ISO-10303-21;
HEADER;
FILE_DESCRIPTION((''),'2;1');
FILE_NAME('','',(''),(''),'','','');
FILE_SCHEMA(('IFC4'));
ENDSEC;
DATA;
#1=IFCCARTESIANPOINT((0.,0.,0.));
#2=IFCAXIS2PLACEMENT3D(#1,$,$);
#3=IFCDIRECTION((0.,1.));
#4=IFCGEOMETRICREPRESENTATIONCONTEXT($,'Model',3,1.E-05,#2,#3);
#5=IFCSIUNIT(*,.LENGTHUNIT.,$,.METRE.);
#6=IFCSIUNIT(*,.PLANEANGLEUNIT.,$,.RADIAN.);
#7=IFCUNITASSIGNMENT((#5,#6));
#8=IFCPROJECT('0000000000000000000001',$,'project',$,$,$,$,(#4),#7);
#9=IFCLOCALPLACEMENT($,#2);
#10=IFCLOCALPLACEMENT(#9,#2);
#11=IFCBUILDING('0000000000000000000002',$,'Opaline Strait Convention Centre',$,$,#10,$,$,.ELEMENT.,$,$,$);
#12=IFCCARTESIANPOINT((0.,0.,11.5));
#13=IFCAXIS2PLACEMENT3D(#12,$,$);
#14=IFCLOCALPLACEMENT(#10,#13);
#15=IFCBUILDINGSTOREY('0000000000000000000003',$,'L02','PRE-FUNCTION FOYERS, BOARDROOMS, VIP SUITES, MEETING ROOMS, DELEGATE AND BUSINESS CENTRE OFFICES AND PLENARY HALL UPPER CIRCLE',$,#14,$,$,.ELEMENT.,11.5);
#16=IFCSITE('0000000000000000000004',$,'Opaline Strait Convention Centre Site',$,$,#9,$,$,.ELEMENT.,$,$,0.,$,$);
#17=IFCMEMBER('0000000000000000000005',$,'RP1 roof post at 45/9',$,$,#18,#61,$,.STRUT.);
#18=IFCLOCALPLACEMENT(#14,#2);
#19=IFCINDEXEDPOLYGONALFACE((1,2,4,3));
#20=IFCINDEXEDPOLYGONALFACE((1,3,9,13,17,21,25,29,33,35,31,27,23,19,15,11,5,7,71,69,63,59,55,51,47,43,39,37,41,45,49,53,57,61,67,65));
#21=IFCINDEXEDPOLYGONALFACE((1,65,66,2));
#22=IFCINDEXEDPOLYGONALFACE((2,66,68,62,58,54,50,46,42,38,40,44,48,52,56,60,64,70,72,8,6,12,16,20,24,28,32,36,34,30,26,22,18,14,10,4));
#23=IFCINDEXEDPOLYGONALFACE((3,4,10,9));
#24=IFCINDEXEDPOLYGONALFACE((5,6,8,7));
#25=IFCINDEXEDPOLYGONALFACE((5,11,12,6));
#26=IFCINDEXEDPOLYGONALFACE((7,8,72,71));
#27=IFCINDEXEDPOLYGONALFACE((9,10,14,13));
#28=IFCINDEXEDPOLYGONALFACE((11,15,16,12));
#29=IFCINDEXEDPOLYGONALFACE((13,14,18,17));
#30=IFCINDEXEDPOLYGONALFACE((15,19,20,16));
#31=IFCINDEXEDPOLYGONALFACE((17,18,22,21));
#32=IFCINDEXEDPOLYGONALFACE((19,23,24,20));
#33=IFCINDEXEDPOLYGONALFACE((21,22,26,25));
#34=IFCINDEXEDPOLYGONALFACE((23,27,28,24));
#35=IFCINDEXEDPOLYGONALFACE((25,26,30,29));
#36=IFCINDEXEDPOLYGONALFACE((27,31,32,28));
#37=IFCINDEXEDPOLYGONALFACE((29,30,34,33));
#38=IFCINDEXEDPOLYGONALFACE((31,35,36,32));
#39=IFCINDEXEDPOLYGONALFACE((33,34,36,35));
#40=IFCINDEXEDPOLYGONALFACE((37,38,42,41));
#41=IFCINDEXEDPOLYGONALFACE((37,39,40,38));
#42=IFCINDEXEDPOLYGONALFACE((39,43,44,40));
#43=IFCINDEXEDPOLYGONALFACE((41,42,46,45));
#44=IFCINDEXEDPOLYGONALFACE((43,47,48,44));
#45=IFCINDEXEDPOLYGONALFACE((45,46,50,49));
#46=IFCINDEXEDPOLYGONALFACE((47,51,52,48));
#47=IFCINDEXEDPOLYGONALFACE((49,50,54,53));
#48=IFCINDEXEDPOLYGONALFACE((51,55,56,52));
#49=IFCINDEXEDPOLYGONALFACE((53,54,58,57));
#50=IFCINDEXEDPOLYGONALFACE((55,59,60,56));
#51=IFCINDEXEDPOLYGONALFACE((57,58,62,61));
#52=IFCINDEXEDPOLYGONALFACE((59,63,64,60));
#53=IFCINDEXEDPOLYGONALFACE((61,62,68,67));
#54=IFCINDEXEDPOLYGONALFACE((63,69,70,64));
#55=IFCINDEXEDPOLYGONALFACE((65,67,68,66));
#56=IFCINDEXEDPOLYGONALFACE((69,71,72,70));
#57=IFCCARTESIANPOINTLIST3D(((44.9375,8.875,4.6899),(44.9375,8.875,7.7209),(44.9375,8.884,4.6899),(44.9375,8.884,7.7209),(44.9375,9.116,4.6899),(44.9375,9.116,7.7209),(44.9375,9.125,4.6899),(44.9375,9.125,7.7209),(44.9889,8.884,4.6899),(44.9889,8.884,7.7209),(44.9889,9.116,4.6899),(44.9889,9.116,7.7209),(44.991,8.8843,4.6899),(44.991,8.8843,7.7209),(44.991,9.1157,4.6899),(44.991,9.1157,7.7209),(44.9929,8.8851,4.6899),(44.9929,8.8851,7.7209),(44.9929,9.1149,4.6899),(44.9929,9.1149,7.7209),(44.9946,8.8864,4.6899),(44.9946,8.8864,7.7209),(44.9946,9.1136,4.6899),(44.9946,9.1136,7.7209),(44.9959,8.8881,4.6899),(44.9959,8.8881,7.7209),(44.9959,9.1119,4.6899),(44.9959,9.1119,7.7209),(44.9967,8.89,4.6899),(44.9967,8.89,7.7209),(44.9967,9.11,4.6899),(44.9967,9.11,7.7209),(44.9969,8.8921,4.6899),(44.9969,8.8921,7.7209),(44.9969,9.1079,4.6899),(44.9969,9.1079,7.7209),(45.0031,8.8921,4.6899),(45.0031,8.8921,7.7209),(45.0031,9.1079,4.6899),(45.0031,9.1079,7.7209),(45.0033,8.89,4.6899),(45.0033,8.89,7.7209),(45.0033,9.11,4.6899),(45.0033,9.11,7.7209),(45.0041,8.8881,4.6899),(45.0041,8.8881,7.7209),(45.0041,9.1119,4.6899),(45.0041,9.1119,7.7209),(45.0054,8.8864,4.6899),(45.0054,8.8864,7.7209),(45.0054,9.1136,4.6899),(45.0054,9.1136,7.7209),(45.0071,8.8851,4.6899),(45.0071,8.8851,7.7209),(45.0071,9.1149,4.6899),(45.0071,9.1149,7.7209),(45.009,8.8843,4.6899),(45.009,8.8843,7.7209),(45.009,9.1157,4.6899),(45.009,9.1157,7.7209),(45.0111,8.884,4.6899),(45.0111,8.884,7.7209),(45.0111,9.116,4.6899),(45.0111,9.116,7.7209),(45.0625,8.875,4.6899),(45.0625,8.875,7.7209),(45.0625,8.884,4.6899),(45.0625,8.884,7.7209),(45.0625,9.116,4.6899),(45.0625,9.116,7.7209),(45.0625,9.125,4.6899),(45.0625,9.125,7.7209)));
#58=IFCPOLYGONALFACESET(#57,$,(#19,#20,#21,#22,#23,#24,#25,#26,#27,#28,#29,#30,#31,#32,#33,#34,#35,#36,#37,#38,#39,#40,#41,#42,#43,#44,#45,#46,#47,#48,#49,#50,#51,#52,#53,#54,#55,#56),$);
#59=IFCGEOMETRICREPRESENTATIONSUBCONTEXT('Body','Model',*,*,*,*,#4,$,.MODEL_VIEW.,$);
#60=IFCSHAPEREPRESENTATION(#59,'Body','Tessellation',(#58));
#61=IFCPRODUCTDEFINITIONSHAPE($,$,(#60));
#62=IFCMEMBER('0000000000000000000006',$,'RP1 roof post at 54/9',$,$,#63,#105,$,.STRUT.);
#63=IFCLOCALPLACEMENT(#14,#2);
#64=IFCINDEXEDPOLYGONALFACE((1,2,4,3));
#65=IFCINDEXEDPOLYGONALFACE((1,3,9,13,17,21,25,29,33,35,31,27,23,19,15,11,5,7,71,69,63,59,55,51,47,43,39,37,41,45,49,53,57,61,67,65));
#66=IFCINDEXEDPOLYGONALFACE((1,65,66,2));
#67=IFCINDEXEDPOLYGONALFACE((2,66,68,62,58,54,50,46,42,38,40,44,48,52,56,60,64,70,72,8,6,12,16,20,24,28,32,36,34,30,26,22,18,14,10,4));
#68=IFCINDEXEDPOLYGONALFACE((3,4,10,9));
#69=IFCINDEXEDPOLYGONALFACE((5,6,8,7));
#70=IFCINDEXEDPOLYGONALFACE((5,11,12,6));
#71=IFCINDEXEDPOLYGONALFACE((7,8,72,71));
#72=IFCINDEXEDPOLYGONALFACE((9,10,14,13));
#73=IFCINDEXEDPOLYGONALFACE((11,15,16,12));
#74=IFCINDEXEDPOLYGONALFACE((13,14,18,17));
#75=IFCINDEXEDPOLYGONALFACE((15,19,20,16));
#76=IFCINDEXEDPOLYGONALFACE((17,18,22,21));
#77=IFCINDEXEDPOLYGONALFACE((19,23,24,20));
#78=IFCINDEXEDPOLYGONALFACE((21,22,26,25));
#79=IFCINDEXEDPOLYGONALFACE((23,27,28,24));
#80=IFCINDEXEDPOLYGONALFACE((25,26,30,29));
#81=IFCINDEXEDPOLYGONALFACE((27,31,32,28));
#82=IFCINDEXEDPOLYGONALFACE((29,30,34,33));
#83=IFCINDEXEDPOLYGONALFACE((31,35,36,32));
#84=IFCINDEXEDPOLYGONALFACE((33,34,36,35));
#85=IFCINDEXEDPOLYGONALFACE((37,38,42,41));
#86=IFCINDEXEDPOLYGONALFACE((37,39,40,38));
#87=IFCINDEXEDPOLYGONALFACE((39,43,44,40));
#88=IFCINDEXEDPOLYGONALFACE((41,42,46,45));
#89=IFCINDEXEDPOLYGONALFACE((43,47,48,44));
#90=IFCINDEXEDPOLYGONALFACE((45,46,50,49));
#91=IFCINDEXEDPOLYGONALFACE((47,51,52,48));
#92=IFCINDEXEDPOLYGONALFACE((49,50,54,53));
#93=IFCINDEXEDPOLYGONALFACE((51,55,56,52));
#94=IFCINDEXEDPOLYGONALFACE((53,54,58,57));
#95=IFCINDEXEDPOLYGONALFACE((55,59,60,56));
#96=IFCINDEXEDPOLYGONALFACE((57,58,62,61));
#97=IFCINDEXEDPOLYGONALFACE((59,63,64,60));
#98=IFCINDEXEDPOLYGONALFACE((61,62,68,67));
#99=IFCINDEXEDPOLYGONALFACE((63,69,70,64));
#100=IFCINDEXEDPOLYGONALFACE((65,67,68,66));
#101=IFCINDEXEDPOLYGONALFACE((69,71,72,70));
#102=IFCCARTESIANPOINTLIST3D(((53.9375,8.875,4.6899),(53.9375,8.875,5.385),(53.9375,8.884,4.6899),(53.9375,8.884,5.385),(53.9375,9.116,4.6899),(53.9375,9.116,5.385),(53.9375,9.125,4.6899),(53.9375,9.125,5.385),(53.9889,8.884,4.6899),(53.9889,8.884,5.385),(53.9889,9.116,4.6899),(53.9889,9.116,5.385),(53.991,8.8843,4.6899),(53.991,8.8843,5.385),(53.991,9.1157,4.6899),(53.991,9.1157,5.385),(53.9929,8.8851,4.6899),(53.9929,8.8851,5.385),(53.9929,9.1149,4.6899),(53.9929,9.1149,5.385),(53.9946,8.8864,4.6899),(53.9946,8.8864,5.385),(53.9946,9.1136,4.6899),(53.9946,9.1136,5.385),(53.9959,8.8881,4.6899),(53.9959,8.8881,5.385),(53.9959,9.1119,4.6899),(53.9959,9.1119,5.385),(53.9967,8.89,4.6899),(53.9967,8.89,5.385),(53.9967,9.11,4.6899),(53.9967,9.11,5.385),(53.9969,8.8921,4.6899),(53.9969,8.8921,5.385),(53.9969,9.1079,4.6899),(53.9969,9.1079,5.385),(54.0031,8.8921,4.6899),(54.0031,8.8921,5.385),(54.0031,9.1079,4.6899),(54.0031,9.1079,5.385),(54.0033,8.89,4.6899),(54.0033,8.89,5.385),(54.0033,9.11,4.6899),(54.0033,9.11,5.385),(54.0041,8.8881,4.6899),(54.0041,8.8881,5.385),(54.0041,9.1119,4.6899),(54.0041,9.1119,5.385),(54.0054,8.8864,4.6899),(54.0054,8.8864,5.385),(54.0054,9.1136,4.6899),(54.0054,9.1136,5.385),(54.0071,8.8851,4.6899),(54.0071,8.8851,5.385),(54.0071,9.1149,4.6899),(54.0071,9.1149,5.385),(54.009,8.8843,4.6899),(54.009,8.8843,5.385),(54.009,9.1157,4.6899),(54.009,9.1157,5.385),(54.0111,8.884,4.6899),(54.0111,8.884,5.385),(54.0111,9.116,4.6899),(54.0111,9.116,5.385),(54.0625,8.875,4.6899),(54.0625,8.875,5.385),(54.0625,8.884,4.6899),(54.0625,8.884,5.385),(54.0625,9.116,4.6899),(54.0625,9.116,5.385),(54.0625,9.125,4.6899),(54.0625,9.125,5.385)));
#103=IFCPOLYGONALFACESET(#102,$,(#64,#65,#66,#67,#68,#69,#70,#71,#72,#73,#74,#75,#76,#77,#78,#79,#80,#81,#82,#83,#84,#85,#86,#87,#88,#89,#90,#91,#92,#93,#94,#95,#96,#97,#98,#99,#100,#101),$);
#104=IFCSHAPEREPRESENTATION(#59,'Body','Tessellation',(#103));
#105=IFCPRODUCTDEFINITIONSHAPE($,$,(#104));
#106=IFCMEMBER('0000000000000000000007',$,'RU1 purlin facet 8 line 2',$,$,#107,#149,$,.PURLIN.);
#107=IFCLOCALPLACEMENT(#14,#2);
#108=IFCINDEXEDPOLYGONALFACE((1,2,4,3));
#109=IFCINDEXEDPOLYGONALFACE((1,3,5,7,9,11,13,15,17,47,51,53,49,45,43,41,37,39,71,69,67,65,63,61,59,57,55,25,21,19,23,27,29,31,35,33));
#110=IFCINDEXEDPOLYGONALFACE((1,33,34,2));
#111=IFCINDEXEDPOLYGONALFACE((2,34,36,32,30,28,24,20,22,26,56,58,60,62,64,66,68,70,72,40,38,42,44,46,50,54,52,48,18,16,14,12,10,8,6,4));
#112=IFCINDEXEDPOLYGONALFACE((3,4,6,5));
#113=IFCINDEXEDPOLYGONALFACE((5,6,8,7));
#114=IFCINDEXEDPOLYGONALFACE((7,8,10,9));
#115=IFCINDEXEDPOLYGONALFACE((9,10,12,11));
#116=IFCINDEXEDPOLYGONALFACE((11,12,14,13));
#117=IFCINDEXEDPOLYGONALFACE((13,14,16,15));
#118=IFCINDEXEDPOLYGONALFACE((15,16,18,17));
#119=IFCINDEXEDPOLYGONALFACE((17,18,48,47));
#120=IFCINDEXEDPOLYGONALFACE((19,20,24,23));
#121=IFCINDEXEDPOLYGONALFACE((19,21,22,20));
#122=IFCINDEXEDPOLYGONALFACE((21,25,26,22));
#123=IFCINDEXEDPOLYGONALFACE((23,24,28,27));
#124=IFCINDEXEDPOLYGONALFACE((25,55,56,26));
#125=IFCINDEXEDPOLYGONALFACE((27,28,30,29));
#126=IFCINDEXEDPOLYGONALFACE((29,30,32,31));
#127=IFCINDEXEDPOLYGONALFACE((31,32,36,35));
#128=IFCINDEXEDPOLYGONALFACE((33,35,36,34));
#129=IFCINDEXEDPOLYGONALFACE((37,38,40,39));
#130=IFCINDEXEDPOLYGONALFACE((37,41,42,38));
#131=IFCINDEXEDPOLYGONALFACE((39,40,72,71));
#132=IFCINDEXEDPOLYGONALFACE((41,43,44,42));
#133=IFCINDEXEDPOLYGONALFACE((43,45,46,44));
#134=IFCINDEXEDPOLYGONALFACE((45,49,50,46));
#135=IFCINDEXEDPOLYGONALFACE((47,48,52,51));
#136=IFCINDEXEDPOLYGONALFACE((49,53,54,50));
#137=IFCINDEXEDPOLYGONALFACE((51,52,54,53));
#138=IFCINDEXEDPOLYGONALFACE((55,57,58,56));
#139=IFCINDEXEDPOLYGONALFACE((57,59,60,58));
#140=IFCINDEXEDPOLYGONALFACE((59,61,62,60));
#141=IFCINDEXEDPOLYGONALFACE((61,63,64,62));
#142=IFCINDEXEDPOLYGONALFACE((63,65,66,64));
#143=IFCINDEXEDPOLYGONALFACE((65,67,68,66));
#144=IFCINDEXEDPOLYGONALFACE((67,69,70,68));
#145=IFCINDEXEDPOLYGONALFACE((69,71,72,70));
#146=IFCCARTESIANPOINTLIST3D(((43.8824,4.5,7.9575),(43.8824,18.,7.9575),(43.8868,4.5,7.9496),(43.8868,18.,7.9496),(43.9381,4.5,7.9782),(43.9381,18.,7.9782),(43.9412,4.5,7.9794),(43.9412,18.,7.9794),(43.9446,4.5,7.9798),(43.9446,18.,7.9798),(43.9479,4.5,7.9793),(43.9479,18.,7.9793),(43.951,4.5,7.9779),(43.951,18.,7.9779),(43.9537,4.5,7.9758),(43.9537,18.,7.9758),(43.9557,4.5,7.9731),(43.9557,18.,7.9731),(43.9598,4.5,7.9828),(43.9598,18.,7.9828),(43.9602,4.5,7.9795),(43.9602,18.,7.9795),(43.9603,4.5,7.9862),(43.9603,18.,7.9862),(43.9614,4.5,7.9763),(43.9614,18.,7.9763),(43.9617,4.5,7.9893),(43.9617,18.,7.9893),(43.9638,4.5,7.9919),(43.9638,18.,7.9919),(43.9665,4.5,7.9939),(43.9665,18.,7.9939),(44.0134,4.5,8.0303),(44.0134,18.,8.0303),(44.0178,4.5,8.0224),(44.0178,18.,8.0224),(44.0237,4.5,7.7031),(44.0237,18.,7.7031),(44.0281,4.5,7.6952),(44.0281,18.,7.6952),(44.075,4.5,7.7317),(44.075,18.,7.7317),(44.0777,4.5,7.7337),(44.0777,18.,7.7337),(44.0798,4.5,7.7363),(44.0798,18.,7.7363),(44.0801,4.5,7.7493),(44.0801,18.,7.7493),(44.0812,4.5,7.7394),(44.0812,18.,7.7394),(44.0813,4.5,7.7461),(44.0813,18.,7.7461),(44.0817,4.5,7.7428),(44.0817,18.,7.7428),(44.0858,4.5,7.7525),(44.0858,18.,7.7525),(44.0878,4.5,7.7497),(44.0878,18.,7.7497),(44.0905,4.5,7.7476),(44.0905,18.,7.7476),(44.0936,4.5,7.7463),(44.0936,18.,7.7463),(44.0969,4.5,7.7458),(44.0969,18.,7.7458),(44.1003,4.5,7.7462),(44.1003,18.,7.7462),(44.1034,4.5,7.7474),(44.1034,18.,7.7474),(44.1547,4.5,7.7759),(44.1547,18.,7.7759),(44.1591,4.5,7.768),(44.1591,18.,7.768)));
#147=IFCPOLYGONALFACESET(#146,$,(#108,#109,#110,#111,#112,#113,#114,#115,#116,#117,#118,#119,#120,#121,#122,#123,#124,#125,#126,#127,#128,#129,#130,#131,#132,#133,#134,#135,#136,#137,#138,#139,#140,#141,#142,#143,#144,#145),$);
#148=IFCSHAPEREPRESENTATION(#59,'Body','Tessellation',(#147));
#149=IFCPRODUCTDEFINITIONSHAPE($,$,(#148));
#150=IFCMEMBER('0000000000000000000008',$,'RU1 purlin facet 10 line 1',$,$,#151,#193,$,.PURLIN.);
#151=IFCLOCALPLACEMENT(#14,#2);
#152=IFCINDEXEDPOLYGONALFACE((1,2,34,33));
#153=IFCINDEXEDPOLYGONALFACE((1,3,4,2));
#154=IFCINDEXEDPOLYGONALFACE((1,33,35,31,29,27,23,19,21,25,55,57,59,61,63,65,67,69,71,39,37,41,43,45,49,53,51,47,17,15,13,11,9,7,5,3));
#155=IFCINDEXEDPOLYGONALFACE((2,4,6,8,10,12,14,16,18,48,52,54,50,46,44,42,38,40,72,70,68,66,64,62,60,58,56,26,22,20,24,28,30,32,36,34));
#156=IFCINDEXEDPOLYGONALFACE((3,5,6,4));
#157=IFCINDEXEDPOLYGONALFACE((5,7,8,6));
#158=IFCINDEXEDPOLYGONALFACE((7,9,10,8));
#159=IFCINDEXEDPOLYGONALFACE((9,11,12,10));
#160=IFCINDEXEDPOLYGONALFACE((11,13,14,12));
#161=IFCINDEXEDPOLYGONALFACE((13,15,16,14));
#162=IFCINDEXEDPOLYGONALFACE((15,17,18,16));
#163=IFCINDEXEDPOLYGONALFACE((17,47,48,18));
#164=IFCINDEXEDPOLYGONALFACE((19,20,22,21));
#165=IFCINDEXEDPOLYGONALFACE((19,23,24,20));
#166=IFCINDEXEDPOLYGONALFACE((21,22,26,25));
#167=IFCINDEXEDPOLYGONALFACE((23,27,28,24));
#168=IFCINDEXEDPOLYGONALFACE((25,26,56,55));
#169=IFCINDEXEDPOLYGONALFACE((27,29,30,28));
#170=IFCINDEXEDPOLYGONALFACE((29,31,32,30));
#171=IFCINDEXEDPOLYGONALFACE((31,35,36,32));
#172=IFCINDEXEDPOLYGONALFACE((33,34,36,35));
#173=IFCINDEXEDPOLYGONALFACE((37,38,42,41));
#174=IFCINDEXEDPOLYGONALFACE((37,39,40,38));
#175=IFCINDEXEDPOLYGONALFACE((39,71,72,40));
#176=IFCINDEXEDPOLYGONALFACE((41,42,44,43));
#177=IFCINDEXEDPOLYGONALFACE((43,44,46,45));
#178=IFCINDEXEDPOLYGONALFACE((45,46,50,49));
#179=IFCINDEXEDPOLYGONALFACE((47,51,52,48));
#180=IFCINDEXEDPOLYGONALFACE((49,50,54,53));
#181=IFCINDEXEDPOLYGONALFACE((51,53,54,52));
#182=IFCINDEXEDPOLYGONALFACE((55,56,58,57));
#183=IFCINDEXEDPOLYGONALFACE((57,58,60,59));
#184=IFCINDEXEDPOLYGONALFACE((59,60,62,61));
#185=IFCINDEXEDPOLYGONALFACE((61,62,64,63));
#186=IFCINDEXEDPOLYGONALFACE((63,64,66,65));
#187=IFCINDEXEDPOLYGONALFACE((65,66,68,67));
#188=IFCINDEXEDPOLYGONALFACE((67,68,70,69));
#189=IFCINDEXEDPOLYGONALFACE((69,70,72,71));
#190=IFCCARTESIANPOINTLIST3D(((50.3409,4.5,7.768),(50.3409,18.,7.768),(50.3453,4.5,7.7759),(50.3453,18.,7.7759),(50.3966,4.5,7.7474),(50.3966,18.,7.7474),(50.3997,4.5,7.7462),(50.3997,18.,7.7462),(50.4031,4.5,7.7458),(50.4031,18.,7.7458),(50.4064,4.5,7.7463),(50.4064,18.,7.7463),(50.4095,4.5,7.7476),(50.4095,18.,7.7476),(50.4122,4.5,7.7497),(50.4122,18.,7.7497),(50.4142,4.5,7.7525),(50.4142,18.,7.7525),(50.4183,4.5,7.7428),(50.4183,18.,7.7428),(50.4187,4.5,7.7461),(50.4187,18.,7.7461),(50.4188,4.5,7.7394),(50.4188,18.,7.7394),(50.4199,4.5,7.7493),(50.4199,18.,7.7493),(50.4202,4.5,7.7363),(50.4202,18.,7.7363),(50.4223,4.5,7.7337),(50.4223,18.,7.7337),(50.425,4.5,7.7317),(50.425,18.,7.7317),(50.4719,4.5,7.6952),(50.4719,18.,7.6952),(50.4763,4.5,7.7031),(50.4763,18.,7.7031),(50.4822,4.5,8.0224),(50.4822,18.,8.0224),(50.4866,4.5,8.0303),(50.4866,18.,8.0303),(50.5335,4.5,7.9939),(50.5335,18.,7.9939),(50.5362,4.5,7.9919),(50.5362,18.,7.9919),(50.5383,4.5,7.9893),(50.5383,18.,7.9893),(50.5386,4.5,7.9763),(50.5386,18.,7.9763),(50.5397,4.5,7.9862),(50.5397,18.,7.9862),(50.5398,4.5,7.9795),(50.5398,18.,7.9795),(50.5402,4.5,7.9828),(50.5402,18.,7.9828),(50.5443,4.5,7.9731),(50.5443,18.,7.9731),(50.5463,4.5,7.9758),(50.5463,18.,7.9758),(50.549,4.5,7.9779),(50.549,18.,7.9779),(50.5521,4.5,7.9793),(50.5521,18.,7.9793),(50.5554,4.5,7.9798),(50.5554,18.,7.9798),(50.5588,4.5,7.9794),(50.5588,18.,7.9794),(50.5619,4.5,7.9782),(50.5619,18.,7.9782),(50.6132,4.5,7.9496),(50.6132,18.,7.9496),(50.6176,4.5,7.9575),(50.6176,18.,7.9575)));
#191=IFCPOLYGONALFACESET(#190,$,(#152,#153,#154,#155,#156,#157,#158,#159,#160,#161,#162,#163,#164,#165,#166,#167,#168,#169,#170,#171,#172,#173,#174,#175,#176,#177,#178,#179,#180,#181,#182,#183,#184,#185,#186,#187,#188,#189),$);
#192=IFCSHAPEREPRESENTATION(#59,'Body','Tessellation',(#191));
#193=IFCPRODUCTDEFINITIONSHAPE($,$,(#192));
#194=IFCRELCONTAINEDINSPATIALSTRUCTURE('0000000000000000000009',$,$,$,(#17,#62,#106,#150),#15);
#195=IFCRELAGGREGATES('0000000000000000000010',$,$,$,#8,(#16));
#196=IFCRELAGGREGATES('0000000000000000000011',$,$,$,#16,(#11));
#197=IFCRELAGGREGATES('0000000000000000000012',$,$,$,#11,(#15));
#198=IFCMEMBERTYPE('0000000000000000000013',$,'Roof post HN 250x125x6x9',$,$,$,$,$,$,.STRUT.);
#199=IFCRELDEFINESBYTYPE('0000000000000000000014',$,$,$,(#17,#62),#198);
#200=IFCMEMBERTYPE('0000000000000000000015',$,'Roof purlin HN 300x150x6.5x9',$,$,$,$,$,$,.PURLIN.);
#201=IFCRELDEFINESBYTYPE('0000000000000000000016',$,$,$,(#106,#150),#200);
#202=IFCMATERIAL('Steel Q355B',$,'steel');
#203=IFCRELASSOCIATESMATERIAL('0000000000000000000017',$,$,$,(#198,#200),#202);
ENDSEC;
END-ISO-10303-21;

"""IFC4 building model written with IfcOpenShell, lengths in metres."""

from ifc_helpers import new_model, si_unit, direction, frame, origin, origin_2d, place, context, subcontext, project, spatial, i_section, extrude, material, material_profile, profile_set, type_object, element, save


model = new_model("IFC4")

# Units and contexts
model_context = context("Model", 3, precision=1e-05, world=origin(), true_north=direction((0.0, 1.0)))
body_context = subcontext(model_context, "Body", "Model", "MODEL_VIEW")
ifc_project = project(units=[si_unit("LENGTHUNIT", "METRE"), si_unit("PLANEANGLEUNIT", "RADIAN")], contexts=[model_context])

# Site, building, storey
site_placement = place(None, origin())
site = spatial("IfcSite", under=ifc_project, at=site_placement, Name="Opaline Strait Convention Centre Site", CompositionType="ELEMENT", RefElevation=0.0)
building_placement = place(site_placement, origin())
building = spatial("IfcBuilding", under=site, at=building_placement, Name="Opaline Strait Convention Centre", CompositionType="ELEMENT")
storey_placement = place(building_placement, frame((0.0, 0.0, 11.5)))
storey = spatial("IfcBuildingStorey", under=building, at=storey_placement, Name="L02", Description="PRE-FUNCTION FOYERS, BOARDROOMS, VIP SUITES, MEETING ROOMS, DELEGATE AND BUSINESS CENTRE OFFICES AND PLENARY HALL UPPER CIRCLE", CompositionType="ELEMENT", Elevation=11.5)

# Shared definitions
ifc_material_1 = material(Name="Steel Q355B", Category="steel")

# Members
ifc_material_profile_1 = material_profile(ifc_material_1, i_section(OverallWidth=0.125, OverallDepth=0.25, WebThickness=0.0061, FlangeThickness=0.009, FilletRadius=0.0081, at=origin_2d()), Name="HN 250x125x6x9")
ifc_profile_set_1 = profile_set([ifc_material_profile_1], Name="Steel Q355B")
member_type_1 = type_object("IfcMemberType", Name="Roof post HN 250x125x6x9", PredefinedType="STRUT", material=ifc_profile_set_1)
member_1_placement = place(storey_placement, frame((45.0, 9.0, 4.6899), z_axis=(0.0, 0.0, 1.0), x_axis=(1.0, 0.0, 0.0)))
element("IfcMember", 1, at=member_1_placement, inside=storey, type_object=member_type_1, Name="RP1 roof post at 45/9", PredefinedType="STRUT", context=body_context, shape_type="SweptSolid", body=[
    extrude(i_section(OverallWidth=0.125, OverallDepth=0.25, WebThickness=0.0061, FlangeThickness=0.009, FilletRadius=0.0081, at=origin_2d()), origin(), (0.0, 0.0, 1.0), 3.031),
])
member_2_placement = place(storey_placement, frame((54.0, 9.0, 4.6899), z_axis=(0.0, 0.0, 1.0), x_axis=(1.0, 0.0, 0.0)))
element("IfcMember", 2, at=member_2_placement, inside=storey, type_object=member_type_1, Name="RP1 roof post at 54/9", PredefinedType="STRUT", context=body_context, shape_type="SweptSolid", body=[
    extrude(i_section(OverallWidth=0.125, OverallDepth=0.25, WebThickness=0.0061, FlangeThickness=0.009, FilletRadius=0.0081, at=origin_2d()), origin(), (0.0, 0.0, 1.0), 0.6951),
])
ifc_material_profile_2 = material_profile(ifc_material_1, i_section(OverallWidth=0.1499, OverallDepth=0.3, WebThickness=0.0066, FlangeThickness=0.009, FilletRadius=0.0129, at=origin_2d()), Name="HN 300x150x6.5x9")
ifc_profile_set_2 = profile_set([ifc_material_profile_2], Name="Steel Q355B")
member_type_2 = type_object("IfcMemberType", Name="Roof purlin HN 300x150x6.5x9", PredefinedType="PURLIN", material=ifc_profile_set_2)
for number, where, z_axis, x_axis, name in (
    (3, (44.0208, 4.5, 7.8628), (0.0, 1.0, 0.0), (-0.874157, 0.0, -0.485643), "RU1 purlin facet 8 line 2"),
    (4, (50.4792, 4.5, 7.8628), (0.0, 1.0, 0.0), (-0.874157, 0.0, 0.485643), "RU1 purlin facet 10 line 1"),
):
    element("IfcMember", number, at=place(storey_placement, frame(where, z_axis=z_axis, x_axis=x_axis)), inside=storey, type_object=member_type_2, Name=name, PredefinedType="PURLIN", context=body_context, shape_type="SweptSolid", body=[
        extrude(i_section(OverallWidth=0.1499, OverallDepth=0.3, WebThickness=0.0066, FlangeThickness=0.009, FilletRadius=0.0129, at=origin_2d()), origin(), (0.0, 0.0, 1.0), 13.5),
    ])

save(model, "model.ifc")
